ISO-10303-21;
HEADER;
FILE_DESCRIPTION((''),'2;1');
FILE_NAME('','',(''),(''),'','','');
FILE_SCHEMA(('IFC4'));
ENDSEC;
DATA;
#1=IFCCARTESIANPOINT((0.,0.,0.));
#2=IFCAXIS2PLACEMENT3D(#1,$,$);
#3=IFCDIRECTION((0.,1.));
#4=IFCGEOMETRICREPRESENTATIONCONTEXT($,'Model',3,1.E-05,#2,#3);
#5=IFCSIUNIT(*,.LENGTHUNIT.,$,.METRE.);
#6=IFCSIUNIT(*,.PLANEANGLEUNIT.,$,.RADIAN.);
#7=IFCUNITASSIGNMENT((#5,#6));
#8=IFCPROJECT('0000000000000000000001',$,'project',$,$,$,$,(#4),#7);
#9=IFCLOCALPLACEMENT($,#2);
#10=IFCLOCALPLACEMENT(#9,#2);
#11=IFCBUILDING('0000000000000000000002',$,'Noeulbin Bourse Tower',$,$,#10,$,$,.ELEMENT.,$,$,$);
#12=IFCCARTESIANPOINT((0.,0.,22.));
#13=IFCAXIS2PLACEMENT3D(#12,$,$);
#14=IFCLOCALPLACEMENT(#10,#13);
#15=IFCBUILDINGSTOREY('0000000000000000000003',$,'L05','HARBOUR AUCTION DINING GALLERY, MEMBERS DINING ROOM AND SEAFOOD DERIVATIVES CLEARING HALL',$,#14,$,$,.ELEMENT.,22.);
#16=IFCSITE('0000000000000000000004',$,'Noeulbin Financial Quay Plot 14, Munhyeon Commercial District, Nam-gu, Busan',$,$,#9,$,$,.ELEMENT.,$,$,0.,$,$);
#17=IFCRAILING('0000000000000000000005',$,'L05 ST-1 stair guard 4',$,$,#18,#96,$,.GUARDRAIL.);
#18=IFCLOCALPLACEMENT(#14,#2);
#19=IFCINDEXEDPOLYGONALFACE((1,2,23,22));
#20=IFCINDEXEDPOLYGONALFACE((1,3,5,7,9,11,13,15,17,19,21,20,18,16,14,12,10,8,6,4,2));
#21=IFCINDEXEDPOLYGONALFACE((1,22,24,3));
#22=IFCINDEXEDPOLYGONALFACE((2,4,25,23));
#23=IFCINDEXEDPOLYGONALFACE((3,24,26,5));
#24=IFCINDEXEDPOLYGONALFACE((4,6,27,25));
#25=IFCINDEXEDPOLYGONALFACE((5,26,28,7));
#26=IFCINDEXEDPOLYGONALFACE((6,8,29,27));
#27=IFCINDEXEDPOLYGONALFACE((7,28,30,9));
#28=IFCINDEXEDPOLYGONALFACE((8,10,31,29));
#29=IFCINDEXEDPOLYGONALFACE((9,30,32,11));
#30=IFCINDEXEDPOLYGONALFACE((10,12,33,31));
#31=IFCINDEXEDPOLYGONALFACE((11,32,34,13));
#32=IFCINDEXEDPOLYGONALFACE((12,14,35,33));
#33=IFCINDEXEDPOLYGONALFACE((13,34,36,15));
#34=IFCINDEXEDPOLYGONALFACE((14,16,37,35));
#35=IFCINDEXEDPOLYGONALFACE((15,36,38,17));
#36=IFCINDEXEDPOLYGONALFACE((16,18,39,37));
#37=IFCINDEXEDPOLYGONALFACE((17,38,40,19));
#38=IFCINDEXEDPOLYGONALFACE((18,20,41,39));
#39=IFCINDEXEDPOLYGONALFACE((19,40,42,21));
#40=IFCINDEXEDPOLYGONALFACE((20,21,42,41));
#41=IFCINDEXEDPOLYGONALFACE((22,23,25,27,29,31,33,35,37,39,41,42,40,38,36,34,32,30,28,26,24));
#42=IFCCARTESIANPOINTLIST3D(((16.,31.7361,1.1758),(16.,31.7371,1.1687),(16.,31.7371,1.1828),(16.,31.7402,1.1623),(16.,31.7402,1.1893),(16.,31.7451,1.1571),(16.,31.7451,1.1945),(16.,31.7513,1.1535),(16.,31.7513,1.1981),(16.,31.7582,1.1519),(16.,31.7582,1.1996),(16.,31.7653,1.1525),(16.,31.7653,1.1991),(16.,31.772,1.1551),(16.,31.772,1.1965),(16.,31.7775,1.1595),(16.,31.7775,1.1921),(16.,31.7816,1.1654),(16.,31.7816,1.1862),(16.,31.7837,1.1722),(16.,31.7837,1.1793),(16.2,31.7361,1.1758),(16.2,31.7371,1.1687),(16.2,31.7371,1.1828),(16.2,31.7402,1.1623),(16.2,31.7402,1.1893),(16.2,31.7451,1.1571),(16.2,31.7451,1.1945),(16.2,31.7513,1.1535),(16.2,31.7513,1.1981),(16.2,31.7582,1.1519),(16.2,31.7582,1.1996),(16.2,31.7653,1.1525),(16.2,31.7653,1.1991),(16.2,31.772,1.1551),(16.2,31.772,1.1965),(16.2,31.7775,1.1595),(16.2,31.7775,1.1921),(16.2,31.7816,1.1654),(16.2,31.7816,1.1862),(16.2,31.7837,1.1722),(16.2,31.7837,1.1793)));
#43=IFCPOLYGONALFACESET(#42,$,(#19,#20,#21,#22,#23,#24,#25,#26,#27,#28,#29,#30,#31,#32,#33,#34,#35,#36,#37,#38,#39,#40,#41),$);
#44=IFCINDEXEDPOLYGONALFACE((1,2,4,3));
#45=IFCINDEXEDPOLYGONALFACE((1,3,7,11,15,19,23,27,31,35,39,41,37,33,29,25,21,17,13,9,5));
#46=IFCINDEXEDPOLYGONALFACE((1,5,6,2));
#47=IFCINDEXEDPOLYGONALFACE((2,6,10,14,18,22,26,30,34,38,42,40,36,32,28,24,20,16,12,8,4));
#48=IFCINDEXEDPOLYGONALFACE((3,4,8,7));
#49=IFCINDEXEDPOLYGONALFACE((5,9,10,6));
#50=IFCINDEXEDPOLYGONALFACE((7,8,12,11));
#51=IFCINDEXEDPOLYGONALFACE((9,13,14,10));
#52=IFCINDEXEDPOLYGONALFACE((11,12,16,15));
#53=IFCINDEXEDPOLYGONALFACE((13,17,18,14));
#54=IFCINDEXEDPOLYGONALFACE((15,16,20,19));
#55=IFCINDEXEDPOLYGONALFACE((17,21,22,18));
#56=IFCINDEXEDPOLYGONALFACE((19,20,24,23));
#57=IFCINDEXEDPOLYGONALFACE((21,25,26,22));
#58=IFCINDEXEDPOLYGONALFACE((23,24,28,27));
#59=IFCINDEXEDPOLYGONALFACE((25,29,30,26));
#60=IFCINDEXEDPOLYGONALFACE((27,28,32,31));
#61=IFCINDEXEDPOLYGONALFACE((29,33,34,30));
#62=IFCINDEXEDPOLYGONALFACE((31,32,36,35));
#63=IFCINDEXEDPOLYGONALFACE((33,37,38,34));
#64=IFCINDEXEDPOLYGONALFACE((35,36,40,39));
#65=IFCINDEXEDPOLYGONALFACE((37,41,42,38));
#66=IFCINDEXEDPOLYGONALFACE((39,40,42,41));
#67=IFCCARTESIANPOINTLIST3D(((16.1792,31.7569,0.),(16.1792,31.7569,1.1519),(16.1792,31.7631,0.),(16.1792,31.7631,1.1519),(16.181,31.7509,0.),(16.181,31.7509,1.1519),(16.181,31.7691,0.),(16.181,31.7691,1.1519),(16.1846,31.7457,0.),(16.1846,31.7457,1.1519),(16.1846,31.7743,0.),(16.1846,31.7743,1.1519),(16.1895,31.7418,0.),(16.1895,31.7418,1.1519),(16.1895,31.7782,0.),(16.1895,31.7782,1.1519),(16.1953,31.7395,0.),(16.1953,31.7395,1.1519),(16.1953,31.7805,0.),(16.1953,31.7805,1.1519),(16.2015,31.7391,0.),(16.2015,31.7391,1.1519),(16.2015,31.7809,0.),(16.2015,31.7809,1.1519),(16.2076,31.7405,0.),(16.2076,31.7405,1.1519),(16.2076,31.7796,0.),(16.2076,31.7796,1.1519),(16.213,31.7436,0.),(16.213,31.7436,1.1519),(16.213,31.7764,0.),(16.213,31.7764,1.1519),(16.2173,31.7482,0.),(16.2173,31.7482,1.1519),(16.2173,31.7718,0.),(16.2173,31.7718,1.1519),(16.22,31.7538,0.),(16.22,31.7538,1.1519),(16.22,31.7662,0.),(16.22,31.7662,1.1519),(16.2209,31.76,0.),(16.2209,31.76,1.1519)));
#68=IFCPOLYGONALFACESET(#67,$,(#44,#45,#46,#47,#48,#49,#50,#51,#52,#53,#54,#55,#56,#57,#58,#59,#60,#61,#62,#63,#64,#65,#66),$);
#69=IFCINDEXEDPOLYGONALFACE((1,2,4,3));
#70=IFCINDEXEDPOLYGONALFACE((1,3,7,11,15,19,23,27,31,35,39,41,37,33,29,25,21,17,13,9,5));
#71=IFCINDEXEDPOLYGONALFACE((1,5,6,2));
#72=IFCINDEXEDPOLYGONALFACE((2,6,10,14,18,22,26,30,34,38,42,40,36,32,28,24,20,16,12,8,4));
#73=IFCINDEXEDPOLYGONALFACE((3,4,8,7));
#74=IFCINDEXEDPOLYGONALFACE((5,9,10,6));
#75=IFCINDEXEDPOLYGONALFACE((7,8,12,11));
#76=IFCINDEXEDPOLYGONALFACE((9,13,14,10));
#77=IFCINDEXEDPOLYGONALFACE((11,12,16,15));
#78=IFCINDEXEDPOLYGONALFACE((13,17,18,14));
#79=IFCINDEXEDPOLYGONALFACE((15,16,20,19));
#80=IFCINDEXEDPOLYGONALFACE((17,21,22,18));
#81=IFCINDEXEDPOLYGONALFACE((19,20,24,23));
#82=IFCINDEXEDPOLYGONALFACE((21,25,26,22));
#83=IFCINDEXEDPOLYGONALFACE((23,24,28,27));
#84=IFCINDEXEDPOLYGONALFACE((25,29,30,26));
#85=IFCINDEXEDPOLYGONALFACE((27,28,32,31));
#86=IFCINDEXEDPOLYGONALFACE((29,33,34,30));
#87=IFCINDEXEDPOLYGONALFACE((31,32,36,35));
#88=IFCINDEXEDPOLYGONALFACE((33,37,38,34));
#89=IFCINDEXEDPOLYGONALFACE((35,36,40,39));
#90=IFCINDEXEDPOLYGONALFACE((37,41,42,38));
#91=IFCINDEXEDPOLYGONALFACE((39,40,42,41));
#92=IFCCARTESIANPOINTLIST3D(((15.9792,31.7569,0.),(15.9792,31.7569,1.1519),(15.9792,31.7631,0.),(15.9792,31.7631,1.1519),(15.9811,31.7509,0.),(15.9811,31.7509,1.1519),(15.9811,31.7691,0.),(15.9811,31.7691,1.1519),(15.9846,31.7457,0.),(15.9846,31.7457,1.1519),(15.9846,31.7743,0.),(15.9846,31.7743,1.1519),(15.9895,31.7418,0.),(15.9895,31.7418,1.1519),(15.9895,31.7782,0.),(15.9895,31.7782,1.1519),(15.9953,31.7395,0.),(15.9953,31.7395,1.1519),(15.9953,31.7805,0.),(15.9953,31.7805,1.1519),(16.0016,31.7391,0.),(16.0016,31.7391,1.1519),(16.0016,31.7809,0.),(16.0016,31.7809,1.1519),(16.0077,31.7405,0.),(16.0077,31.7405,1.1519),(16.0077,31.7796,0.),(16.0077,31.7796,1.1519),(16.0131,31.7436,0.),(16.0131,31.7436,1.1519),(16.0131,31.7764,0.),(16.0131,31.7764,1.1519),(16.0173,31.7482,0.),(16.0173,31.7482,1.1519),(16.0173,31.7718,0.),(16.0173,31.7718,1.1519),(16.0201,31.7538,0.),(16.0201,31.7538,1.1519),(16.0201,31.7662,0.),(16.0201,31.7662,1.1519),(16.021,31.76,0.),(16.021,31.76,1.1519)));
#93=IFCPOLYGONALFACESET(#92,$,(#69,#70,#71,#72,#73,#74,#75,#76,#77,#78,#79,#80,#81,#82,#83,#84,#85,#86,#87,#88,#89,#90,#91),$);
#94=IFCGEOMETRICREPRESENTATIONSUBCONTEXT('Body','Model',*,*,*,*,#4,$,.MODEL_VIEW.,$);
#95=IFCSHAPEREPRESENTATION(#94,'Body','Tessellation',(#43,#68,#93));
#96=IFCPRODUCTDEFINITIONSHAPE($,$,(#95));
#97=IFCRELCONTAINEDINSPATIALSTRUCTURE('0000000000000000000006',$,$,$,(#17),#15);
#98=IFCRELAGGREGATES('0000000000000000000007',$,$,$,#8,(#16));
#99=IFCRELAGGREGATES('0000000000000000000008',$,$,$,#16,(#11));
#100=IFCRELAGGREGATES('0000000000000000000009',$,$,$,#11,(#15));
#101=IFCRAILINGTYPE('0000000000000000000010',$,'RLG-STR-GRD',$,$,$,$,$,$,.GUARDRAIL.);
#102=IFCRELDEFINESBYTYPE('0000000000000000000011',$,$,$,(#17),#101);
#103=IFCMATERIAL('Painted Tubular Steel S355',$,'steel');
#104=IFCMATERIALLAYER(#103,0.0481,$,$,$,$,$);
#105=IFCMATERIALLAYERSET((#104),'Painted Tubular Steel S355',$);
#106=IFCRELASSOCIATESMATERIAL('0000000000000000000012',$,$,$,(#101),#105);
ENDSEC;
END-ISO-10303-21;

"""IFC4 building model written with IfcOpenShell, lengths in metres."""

from ifc_helpers import new_model, si_unit, direction, frame, origin, origin_2d, place, context, subcontext, project, spatial, circle, extrude, material, layer, layer_set, type_object, element, save


model = new_model("IFC4")

# Units and contexts
model_context = context("Model", 3, precision=1e-05, world=origin(), true_north=direction((0.0, 1.0)))
body_context = subcontext(model_context, "Body", "Model", "MODEL_VIEW")
ifc_project = project(units=[si_unit("LENGTHUNIT", "METRE"), si_unit("PLANEANGLEUNIT", "RADIAN")], contexts=[model_context])

# Site, building, storey
site_placement = place(None, origin())
site = spatial("IfcSite", under=ifc_project, at=site_placement, Name="Noeulbin Financial Quay Plot 14, Munhyeon Commercial District, Nam-gu, Busan", CompositionType="ELEMENT", RefElevation=0.0)
building_placement = place(site_placement, origin())
building = spatial("IfcBuilding", under=site, at=building_placement, Name="Noeulbin Bourse Tower", CompositionType="ELEMENT")
storey_placement = place(building_placement, frame((0.0, 0.0, 22.0)))
storey = spatial("IfcBuildingStorey", under=building, at=storey_placement, Name="L05", Description="HARBOUR AUCTION DINING GALLERY, MEMBERS DINING ROOM AND SEAFOOD DERIVATIVES CLEARING HALL", CompositionType="ELEMENT", Elevation=22.0)

# Railing
ifc_material_1 = material(Name="Painted Tubular Steel S355", Category="steel")
ifc_layer_1 = layer(ifc_material_1, 0.0481)
ifc_layer_set_1 = layer_set([ifc_layer_1], Name="Painted Tubular Steel S355")
railing_type_1 = type_object("IfcRailingType", Name="RLG-STR-GRD", PredefinedType="GUARDRAIL", material=ifc_layer_set_1)
railing_1_placement = place(storey_placement, frame((16.2, 31.76, 0.0)))
element("IfcRailing", 1, at=railing_1_placement, inside=storey, type_object=railing_type_1, Name="L05 ST-1 stair guard 4", PredefinedType="GUARDRAIL", context=body_context, shape_type="SweptSolid", body=[
    extrude(circle(Radius=0.0239, at=origin_2d()), frame((0.0, 0.0, 1.1758), z_axis=(-1.0, 0.0, 0.0), x_axis=(0.0, -1.0, 0.0)), (0.0, 0.0, 1.0), 0.2),
    extrude(circle(Radius=0.021, at=origin_2d()), origin(), (0.0, 0.0, 1.0), 1.1519),
    extrude(circle(Radius=0.021, at=origin_2d()), frame((-0.2, 0.0, 0.0)), (0.0, 0.0, 1.0), 1.1519),
])

save(model, "model.ifc")
